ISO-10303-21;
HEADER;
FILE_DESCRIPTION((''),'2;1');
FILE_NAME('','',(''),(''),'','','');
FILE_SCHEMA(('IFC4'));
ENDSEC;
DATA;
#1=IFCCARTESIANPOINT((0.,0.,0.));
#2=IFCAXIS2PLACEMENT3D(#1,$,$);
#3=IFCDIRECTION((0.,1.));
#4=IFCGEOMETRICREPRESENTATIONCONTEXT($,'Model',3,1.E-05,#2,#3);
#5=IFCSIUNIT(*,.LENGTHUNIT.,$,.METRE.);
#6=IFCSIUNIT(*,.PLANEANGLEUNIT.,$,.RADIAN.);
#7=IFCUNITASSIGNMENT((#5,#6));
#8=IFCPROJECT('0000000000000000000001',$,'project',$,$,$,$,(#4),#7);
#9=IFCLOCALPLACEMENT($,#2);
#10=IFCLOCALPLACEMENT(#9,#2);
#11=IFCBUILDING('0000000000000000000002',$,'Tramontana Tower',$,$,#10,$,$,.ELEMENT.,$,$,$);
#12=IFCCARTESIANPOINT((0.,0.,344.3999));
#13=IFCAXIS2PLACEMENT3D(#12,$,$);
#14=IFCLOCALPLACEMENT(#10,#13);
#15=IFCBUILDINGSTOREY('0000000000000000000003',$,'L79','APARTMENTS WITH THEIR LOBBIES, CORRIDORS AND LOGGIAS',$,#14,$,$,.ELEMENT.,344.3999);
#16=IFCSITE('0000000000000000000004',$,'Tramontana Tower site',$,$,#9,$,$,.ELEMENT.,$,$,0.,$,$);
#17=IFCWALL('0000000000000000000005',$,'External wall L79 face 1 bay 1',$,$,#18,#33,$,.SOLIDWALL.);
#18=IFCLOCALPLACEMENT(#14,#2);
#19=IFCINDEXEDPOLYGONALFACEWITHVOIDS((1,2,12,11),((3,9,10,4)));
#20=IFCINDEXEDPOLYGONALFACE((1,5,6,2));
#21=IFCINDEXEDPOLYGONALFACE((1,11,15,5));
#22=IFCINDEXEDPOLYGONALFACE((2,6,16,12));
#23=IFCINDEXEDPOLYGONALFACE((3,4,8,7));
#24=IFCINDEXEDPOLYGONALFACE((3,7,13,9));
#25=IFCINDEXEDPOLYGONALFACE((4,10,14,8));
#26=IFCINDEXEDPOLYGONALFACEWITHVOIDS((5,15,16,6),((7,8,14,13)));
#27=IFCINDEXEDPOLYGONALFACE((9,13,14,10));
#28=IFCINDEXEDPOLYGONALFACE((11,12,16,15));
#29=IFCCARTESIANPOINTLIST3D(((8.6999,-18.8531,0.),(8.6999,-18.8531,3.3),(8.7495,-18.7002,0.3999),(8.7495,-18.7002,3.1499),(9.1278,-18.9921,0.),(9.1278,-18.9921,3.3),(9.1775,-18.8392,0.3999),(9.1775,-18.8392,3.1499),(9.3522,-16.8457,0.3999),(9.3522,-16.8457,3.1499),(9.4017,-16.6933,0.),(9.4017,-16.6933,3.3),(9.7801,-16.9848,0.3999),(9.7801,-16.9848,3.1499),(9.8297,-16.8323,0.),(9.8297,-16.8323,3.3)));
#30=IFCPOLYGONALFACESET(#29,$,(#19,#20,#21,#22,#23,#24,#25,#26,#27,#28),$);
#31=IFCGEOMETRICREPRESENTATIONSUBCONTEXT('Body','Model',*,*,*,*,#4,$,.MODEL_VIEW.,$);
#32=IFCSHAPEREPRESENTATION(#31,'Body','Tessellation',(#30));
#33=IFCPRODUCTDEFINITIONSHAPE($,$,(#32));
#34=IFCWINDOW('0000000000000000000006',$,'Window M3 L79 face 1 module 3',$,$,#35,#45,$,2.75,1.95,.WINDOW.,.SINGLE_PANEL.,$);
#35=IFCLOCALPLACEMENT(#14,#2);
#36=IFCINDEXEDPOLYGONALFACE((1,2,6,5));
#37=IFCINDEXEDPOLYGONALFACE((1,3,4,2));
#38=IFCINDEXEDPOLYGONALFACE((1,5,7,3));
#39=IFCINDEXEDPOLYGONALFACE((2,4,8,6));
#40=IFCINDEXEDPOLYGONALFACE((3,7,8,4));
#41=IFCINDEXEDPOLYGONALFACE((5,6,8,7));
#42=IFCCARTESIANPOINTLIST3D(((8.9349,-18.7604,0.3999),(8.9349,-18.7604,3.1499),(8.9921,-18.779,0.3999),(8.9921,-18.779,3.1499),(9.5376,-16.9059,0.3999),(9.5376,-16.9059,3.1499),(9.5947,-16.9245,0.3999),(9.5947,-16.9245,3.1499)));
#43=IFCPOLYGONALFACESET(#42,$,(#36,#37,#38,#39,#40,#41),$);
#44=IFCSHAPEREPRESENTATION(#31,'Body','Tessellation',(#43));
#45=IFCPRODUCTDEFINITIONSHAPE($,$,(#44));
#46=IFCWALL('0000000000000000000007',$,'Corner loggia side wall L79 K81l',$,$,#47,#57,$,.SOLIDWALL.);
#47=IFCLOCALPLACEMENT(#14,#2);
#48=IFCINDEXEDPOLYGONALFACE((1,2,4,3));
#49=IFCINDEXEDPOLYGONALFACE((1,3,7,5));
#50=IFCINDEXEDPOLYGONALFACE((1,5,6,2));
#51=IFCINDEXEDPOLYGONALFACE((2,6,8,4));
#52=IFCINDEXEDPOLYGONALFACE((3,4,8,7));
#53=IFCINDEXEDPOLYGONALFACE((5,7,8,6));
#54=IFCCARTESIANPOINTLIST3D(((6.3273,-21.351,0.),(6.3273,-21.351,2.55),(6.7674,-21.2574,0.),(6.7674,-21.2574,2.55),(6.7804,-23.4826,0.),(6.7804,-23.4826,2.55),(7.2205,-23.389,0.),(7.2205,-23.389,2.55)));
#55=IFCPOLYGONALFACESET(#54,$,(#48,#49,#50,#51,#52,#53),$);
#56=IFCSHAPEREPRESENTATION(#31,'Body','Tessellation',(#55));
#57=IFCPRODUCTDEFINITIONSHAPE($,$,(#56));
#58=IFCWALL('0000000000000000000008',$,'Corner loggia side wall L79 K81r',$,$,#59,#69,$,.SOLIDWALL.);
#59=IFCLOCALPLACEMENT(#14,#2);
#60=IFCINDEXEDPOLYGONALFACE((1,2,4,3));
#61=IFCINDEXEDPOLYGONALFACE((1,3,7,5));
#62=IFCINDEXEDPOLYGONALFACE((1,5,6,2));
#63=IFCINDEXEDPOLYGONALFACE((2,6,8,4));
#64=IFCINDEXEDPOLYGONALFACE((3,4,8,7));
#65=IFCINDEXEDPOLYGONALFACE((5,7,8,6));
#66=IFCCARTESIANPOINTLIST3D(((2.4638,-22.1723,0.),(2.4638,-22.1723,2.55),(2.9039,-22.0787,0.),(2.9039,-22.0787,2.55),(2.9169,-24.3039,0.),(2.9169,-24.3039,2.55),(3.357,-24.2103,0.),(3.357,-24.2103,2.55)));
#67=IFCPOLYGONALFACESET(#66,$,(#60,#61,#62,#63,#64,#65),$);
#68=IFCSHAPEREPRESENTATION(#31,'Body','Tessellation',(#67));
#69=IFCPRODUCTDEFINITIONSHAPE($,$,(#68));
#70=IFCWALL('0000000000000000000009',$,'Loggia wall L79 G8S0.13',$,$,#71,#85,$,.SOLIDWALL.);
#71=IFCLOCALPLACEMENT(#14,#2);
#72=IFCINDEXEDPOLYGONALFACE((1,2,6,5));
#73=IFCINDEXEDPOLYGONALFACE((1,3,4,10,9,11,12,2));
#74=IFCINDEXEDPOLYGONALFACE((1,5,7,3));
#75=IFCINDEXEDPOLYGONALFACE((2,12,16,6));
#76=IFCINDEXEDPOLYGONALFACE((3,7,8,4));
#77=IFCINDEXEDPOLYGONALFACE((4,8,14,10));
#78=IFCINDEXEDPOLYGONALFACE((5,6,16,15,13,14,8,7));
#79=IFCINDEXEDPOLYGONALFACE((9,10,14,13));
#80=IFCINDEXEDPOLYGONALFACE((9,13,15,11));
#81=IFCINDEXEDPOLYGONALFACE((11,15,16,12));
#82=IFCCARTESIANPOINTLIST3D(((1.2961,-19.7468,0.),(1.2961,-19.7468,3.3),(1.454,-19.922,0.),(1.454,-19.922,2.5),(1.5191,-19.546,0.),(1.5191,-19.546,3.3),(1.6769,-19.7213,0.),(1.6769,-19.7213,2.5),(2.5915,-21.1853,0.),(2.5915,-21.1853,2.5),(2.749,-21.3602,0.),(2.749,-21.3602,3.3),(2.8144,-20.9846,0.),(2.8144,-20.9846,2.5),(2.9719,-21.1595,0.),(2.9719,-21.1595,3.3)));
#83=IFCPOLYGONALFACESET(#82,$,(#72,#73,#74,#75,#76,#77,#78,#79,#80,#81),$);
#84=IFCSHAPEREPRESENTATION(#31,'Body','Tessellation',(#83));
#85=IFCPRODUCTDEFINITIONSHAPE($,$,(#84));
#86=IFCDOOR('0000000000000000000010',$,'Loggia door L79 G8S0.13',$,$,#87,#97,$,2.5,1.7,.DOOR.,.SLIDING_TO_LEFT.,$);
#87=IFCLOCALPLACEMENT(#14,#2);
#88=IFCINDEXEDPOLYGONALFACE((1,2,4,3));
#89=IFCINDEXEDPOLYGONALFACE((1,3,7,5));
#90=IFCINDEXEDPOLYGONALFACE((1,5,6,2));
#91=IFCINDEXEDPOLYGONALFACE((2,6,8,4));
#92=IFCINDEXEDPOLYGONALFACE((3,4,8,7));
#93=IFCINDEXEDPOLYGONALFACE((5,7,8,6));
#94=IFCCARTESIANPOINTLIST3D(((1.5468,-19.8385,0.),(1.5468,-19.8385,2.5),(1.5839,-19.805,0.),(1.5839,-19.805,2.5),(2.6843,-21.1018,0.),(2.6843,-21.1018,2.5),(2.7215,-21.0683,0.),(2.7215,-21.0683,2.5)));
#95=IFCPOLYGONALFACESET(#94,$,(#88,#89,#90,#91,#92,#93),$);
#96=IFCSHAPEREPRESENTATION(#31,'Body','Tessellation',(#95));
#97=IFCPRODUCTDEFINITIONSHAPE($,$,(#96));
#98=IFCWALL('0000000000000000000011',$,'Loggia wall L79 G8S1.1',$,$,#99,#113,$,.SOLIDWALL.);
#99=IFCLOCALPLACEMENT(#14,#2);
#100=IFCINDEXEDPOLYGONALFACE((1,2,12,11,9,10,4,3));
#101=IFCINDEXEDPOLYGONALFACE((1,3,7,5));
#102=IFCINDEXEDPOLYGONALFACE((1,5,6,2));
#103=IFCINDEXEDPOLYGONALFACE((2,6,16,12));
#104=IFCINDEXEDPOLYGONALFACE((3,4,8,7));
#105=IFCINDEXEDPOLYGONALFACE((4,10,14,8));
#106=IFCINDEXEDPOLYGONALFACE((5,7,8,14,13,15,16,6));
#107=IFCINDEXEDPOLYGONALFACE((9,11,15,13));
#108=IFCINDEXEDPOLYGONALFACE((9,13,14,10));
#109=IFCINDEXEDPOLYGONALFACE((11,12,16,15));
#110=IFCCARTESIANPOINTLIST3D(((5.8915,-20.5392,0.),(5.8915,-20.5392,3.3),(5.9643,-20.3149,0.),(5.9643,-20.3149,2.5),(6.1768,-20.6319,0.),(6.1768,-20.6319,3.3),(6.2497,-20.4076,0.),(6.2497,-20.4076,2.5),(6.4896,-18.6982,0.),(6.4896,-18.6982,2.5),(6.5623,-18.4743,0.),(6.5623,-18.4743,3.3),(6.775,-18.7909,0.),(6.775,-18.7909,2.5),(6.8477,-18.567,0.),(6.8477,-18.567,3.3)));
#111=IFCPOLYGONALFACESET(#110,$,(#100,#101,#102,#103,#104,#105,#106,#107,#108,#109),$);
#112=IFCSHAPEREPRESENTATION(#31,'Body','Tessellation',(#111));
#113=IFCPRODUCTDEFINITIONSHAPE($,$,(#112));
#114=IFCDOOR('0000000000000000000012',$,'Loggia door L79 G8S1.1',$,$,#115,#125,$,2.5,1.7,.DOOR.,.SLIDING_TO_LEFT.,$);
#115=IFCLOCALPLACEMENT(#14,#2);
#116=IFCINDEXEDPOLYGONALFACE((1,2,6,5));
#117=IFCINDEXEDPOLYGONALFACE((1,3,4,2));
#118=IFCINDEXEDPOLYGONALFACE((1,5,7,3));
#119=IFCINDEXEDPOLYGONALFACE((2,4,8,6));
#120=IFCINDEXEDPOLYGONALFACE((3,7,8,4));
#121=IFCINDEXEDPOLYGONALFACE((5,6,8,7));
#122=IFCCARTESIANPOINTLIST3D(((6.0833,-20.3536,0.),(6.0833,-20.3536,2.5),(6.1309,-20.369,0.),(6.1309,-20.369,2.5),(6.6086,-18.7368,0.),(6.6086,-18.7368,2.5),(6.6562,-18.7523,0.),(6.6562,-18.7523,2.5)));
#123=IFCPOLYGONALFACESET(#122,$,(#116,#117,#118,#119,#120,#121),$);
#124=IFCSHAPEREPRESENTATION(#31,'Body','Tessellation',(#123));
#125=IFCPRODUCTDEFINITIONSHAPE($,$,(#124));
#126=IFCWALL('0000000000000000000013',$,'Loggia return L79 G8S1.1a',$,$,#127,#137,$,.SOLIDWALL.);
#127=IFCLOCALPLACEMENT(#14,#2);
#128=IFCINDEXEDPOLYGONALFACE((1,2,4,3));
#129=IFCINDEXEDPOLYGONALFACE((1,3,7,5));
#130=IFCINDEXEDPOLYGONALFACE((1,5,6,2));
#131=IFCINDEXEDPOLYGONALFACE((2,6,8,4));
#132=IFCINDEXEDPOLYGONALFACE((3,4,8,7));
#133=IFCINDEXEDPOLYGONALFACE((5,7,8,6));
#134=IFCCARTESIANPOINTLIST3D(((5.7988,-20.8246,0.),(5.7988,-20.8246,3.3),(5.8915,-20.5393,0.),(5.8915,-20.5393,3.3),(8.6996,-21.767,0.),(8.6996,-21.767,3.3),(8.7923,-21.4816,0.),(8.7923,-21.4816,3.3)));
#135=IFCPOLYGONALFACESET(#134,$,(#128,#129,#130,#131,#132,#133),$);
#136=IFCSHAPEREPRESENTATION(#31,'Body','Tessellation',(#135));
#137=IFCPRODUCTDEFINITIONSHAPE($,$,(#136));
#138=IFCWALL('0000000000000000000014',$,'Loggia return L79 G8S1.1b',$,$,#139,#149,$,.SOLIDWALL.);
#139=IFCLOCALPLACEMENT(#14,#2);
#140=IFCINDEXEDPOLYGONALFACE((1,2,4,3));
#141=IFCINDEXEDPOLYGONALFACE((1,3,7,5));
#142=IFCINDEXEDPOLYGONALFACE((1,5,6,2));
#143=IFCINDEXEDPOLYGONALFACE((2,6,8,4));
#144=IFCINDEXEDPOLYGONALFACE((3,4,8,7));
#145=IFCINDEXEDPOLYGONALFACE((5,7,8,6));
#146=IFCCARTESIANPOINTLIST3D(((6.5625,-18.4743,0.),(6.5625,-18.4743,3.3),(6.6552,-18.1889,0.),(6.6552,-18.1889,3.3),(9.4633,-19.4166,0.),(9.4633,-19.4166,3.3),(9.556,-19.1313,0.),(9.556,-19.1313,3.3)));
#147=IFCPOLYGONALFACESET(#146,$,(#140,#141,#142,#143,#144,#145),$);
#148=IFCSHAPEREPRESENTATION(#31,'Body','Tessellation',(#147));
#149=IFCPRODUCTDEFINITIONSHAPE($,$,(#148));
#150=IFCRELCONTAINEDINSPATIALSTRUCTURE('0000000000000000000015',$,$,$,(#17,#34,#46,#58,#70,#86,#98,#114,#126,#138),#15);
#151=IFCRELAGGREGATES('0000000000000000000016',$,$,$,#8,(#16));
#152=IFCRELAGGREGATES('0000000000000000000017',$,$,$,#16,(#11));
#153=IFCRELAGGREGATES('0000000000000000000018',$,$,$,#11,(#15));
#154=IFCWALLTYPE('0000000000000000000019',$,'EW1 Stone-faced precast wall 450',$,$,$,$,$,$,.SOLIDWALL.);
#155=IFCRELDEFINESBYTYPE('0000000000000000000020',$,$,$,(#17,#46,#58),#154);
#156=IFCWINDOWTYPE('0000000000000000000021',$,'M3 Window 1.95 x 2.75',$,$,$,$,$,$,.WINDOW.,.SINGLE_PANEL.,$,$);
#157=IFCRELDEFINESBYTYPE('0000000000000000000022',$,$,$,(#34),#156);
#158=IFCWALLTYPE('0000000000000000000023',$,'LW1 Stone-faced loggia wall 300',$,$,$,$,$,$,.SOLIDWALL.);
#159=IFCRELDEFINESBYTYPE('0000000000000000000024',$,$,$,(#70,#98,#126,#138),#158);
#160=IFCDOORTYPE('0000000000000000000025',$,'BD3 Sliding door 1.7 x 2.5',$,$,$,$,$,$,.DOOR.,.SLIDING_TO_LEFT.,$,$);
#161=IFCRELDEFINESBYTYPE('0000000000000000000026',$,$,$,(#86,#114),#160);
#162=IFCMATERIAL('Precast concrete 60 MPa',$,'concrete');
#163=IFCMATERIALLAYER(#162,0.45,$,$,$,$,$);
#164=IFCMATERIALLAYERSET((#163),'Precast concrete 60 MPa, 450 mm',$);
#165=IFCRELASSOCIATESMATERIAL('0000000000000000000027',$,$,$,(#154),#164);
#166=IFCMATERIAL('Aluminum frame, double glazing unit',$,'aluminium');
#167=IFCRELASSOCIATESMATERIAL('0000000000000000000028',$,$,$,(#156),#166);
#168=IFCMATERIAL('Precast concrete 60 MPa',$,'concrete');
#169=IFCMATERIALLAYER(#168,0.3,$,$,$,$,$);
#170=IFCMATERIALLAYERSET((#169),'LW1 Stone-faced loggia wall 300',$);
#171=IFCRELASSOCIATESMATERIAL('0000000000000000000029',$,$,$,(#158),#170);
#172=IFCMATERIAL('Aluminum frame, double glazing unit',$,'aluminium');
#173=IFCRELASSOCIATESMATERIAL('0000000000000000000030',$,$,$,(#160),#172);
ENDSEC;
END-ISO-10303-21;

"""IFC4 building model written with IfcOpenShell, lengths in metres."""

from ifc_helpers import new_model, si_unit, direction, frame, frame_2d, origin, place, context, subcontext, project, spatial, rectangle, extrude, material, layer, layer_set, type_object, element, fill, save


model = new_model("IFC4")

# Units and contexts
model_context = context("Model", 3, precision=1e-05, world=origin(), true_north=direction((0.0, 1.0)))
body_context = subcontext(model_context, "Body", "Model", "MODEL_VIEW")
ifc_project = project(units=[si_unit("LENGTHUNIT", "METRE"), si_unit("PLANEANGLEUNIT", "RADIAN")], contexts=[model_context])

# Site, building, storey
site_placement = place(None, origin())
site = spatial("IfcSite", under=ifc_project, at=site_placement, Name="Tramontana Tower site", CompositionType="ELEMENT", RefElevation=0.0)
building_placement = place(site_placement, origin())
building = spatial("IfcBuilding", under=site, at=building_placement, Name="Tramontana Tower", CompositionType="ELEMENT")
storey_placement = place(building_placement, frame((0.0, 0.0, 344.3999)))
storey = spatial("IfcBuildingStorey", under=building, at=storey_placement, Name="L79", Description="APARTMENTS WITH THEIR LOBBIES, CORRIDORS AND LOGGIAS", CompositionType="ELEMENT", Elevation=344.3999)

# Wall, opening, window
ifc_material_1 = material(Name="Precast concrete 60 MPa", Category="concrete")
ifc_layer_1 = layer(ifc_material_1, 0.45)
ifc_layer_set_1 = layer_set([ifc_layer_1], Name="Precast concrete 60 MPa, 450 mm")
wall_type_1 = type_object("IfcWallType", Name="EW1 Stone-faced precast wall 450", PredefinedType="SOLIDWALL", material=ifc_layer_set_1)
wall_1_placement = place(storey_placement, frame((8.9138, -18.9226, 0.0), z_axis=(0.0, 0.0, 1.0), x_axis=(0.309059, 0.951043, 0.0)))
wall_1 = element("IfcWall", 1, at=wall_1_placement, inside=storey, type_object=wall_type_1, Name="External wall L79 face 1 bay 1", PredefinedType="SOLIDWALL", context=body_context, shape_type="SweptSolid", body=[
    extrude(rectangle(XDim=2.271, YDim=0.45, at=frame_2d((1.1355, 0.0))), origin(), (0.0, 0.0, 1.0), 3.3),
])
opening_1_placement = place(wall_1_placement, frame((0.1606, 0.0, 0.3999)))
opening_1 = element("IfcOpeningElement", 2, at=opening_1_placement, cuts=wall_1, PredefinedType="OPENING", context=body_context, shape_type="SweptSolid", body=[
    extrude(rectangle(XDim=1.95, YDim=2.75, at=frame_2d((0.9751, 1.375))), frame((0.0, 0.2349, 0.0), z_axis=(0.0, -1.0, 0.0), x_axis=(1.0, 0.0, 0.0)), (0.0, 0.0, 1.0), 0.47),
])
ifc_material_2 = material(Name="Aluminum frame, double glazing unit", Category="aluminium")
window_type_1 = type_object("IfcWindowType", Name="M3 Window 1.95 x 2.75", PartitioningType="SINGLE_PANEL", PredefinedType="WINDOW", material=ifc_material_2)
window_1_placement = place(opening_1_placement, origin())
window_1 = element("IfcWindow", 3, at=window_1_placement, inside=storey, type_object=window_type_1, Name="Window M3 L79 face 1 module 3", OverallHeight=2.75, OverallWidth=1.95, PartitioningType="SINGLE_PANEL", PredefinedType="WINDOW", context=body_context, shape_type="SweptSolid", body=[
    extrude(rectangle(XDim=1.95, YDim=2.75, at=frame_2d((0.9751, 1.375))), frame((0.0, 0.03, 0.0), z_axis=(0.0, -1.0, 0.0), x_axis=(1.0, 0.0, 0.0)), (0.0, 0.0, 1.0), 0.0601),
])
fill(opening_1, window_1)

# Walls
for number, where, z_axis, x_axis, name in (
    (4, (7.0005, -23.4358, 0.0), (0.0, 0.0, 1.0), (-0.20793, 0.978144, 0.0), "Corner loggia side wall L79 K81l"),
    (5, (3.137, -24.2571, 0.0), (0.0, 0.0, 1.0), (-0.20793, 0.978144, 0.0), "Corner loggia side wall L79 K81r"),
):
    element("IfcWall", number, at=place(storey_placement, frame(where, z_axis=z_axis, x_axis=x_axis)), inside=storey, type_object=wall_type_1, Name=name, PredefinedType="SOLIDWALL", context=body_context, shape_type="SweptSolid", body=[
        extrude(rectangle(XDim=2.1792, YDim=0.45, at=frame_2d((1.0896, 0.0))), origin(), (0.0, 0.0, 1.0), 2.55),
    ])

# Walls, openings, doors
ifc_material_3 = material(Name="Precast concrete 60 MPa", Category="concrete")
ifc_layer_2 = layer(ifc_material_3, 0.3)
ifc_layer_set_2 = layer_set([ifc_layer_2], Name="LW1 Stone-faced loggia wall 300")
wall_type_2 = type_object("IfcWallType", Name="LW1 Stone-faced loggia wall 300", PredefinedType="SOLIDWALL", material=ifc_layer_set_2)
wall_2_placement = place(storey_placement, frame((1.4077, -19.6465, 0.0), z_axis=(0.0, 0.0, 1.0), x_axis=(0.669145, -0.743132, 0.0)))
wall_2 = element("IfcWall", 6, at=wall_2_placement, inside=storey, type_object=wall_type_2, Name="Loggia wall L79 G8S0.13", PredefinedType="SOLIDWALL", context=body_context, shape_type="SweptSolid", body=[
    extrude(rectangle(XDim=2.1711, YDim=0.3, at=frame_2d((1.0854, 0.0))), origin(), (0.0, 0.0, 1.0), 3.3),
])
opening_2_placement = place(wall_2_placement, frame((0.2356, 0.0, 0.0)))
opening_2 = element("IfcOpeningElement", 7, at=opening_2_placement, cuts=wall_2, PredefinedType="OPENING", context=body_context, shape_type="SweptSolid", body=[
    extrude(rectangle(XDim=1.7, YDim=2.5, at=frame_2d((0.8501, 1.25))), frame((0.0, 0.1599, 0.0), z_axis=(0.0, -1.0, 0.0), x_axis=(1.0, 0.0, 0.0)), (0.0, 0.0, 1.0), 0.3201),
])
ifc_material_4 = material(Name="Aluminum frame, double glazing unit", Category="aluminium")
door_type_1 = type_object("IfcDoorType", Name="BD3 Sliding door 1.7 x 2.5", OperationType="SLIDING_TO_LEFT", PredefinedType="DOOR", material=ifc_material_4)
door_1_placement = place(opening_2_placement, origin())
door_1 = element("IfcDoor", 8, at=door_1_placement, inside=storey, type_object=door_type_1, Name="Loggia door L79 G8S0.13", OperationType="SLIDING_TO_LEFT", OverallHeight=2.5, OverallWidth=1.7, PredefinedType="DOOR", context=body_context, shape_type="SweptSolid", body=[
    extrude(rectangle(XDim=1.7, YDim=2.5, at=frame_2d((0.8501, 1.25))), frame((0.0, 0.0249, 0.0), z_axis=(0.0, -1.0, 0.0), x_axis=(1.0, 0.0, 0.0)), (0.0, 0.0, 1.0), 0.05),
])
fill(opening_2, door_1)
wall_3_placement = place(storey_placement, frame((6.0342, -20.5854, 0.0), z_axis=(0.0, 0.0, 1.0), x_axis=(0.309, 0.951062, 0.0)))
wall_3 = element("IfcWall", 9, at=wall_3_placement, inside=storey, type_object=wall_type_2, Name="Loggia wall L79 G8S1.1", PredefinedType="SOLIDWALL", context=body_context, shape_type="SweptSolid", body=[
    extrude(rectangle(XDim=2.1711, YDim=0.3, at=frame_2d((1.0854, 0.0))), origin(), (0.0, 0.0, 1.0), 3.3),
])
opening_3_placement = place(wall_3_placement, frame((0.2356, 0.0, 0.0)))
opening_3 = element("IfcOpeningElement", 10, at=opening_3_placement, cuts=wall_3, PredefinedType="OPENING", context=body_context, shape_type="SweptSolid", body=[
    extrude(rectangle(XDim=1.7, YDim=2.5, at=frame_2d((0.8501, 1.25))), frame((0.0, 0.1599, 0.0), z_axis=(0.0, -1.0, 0.0), x_axis=(1.0, 0.0, 0.0)), (0.0, 0.0, 1.0), 0.3201),
])
door_2_placement = place(opening_3_placement, origin())
door_2 = element("IfcDoor", 11, at=door_2_placement, inside=storey, type_object=door_type_1, Name="Loggia door L79 G8S1.1", OperationType="SLIDING_TO_LEFT", OverallHeight=2.5, OverallWidth=1.7, PredefinedType="DOOR", context=body_context, shape_type="SweptSolid", body=[
    extrude(rectangle(XDim=1.7, YDim=2.5, at=frame_2d((0.8501, 1.25))), frame((0.0, 0.0249, 0.0), z_axis=(0.0, -1.0, 0.0), x_axis=(1.0, 0.0, 0.0)), (0.0, 0.0, 1.0), 0.05),
])
fill(opening_3, door_2)

# Walls
for number, where, z_axis, x_axis, name in (
    (12, (8.7458, -21.6243, 0.0), (0.0, 0.0, 1.0), (-0.951073, 0.308967, 0.0), "Loggia return L79 G8S1.1a"),
    (13, (9.5095, -19.2739, 0.0), (0.0, 0.0, 1.0), (-0.951073, 0.308967, 0.0), "Loggia return L79 G8S1.1b"),
):
    element("IfcWall", number, at=place(storey_placement, frame(where, z_axis=z_axis, x_axis=x_axis)), inside=storey, type_object=wall_type_2, Name=name, PredefinedType="SOLIDWALL", context=body_context, shape_type="SweptSolid", body=[
        extrude(rectangle(XDim=3.05, YDim=0.3, at=frame_2d((1.5249, 0.0))), origin(), (0.0, 0.0, 1.0), 3.3),
    ])

save(model, "model.ifc")
